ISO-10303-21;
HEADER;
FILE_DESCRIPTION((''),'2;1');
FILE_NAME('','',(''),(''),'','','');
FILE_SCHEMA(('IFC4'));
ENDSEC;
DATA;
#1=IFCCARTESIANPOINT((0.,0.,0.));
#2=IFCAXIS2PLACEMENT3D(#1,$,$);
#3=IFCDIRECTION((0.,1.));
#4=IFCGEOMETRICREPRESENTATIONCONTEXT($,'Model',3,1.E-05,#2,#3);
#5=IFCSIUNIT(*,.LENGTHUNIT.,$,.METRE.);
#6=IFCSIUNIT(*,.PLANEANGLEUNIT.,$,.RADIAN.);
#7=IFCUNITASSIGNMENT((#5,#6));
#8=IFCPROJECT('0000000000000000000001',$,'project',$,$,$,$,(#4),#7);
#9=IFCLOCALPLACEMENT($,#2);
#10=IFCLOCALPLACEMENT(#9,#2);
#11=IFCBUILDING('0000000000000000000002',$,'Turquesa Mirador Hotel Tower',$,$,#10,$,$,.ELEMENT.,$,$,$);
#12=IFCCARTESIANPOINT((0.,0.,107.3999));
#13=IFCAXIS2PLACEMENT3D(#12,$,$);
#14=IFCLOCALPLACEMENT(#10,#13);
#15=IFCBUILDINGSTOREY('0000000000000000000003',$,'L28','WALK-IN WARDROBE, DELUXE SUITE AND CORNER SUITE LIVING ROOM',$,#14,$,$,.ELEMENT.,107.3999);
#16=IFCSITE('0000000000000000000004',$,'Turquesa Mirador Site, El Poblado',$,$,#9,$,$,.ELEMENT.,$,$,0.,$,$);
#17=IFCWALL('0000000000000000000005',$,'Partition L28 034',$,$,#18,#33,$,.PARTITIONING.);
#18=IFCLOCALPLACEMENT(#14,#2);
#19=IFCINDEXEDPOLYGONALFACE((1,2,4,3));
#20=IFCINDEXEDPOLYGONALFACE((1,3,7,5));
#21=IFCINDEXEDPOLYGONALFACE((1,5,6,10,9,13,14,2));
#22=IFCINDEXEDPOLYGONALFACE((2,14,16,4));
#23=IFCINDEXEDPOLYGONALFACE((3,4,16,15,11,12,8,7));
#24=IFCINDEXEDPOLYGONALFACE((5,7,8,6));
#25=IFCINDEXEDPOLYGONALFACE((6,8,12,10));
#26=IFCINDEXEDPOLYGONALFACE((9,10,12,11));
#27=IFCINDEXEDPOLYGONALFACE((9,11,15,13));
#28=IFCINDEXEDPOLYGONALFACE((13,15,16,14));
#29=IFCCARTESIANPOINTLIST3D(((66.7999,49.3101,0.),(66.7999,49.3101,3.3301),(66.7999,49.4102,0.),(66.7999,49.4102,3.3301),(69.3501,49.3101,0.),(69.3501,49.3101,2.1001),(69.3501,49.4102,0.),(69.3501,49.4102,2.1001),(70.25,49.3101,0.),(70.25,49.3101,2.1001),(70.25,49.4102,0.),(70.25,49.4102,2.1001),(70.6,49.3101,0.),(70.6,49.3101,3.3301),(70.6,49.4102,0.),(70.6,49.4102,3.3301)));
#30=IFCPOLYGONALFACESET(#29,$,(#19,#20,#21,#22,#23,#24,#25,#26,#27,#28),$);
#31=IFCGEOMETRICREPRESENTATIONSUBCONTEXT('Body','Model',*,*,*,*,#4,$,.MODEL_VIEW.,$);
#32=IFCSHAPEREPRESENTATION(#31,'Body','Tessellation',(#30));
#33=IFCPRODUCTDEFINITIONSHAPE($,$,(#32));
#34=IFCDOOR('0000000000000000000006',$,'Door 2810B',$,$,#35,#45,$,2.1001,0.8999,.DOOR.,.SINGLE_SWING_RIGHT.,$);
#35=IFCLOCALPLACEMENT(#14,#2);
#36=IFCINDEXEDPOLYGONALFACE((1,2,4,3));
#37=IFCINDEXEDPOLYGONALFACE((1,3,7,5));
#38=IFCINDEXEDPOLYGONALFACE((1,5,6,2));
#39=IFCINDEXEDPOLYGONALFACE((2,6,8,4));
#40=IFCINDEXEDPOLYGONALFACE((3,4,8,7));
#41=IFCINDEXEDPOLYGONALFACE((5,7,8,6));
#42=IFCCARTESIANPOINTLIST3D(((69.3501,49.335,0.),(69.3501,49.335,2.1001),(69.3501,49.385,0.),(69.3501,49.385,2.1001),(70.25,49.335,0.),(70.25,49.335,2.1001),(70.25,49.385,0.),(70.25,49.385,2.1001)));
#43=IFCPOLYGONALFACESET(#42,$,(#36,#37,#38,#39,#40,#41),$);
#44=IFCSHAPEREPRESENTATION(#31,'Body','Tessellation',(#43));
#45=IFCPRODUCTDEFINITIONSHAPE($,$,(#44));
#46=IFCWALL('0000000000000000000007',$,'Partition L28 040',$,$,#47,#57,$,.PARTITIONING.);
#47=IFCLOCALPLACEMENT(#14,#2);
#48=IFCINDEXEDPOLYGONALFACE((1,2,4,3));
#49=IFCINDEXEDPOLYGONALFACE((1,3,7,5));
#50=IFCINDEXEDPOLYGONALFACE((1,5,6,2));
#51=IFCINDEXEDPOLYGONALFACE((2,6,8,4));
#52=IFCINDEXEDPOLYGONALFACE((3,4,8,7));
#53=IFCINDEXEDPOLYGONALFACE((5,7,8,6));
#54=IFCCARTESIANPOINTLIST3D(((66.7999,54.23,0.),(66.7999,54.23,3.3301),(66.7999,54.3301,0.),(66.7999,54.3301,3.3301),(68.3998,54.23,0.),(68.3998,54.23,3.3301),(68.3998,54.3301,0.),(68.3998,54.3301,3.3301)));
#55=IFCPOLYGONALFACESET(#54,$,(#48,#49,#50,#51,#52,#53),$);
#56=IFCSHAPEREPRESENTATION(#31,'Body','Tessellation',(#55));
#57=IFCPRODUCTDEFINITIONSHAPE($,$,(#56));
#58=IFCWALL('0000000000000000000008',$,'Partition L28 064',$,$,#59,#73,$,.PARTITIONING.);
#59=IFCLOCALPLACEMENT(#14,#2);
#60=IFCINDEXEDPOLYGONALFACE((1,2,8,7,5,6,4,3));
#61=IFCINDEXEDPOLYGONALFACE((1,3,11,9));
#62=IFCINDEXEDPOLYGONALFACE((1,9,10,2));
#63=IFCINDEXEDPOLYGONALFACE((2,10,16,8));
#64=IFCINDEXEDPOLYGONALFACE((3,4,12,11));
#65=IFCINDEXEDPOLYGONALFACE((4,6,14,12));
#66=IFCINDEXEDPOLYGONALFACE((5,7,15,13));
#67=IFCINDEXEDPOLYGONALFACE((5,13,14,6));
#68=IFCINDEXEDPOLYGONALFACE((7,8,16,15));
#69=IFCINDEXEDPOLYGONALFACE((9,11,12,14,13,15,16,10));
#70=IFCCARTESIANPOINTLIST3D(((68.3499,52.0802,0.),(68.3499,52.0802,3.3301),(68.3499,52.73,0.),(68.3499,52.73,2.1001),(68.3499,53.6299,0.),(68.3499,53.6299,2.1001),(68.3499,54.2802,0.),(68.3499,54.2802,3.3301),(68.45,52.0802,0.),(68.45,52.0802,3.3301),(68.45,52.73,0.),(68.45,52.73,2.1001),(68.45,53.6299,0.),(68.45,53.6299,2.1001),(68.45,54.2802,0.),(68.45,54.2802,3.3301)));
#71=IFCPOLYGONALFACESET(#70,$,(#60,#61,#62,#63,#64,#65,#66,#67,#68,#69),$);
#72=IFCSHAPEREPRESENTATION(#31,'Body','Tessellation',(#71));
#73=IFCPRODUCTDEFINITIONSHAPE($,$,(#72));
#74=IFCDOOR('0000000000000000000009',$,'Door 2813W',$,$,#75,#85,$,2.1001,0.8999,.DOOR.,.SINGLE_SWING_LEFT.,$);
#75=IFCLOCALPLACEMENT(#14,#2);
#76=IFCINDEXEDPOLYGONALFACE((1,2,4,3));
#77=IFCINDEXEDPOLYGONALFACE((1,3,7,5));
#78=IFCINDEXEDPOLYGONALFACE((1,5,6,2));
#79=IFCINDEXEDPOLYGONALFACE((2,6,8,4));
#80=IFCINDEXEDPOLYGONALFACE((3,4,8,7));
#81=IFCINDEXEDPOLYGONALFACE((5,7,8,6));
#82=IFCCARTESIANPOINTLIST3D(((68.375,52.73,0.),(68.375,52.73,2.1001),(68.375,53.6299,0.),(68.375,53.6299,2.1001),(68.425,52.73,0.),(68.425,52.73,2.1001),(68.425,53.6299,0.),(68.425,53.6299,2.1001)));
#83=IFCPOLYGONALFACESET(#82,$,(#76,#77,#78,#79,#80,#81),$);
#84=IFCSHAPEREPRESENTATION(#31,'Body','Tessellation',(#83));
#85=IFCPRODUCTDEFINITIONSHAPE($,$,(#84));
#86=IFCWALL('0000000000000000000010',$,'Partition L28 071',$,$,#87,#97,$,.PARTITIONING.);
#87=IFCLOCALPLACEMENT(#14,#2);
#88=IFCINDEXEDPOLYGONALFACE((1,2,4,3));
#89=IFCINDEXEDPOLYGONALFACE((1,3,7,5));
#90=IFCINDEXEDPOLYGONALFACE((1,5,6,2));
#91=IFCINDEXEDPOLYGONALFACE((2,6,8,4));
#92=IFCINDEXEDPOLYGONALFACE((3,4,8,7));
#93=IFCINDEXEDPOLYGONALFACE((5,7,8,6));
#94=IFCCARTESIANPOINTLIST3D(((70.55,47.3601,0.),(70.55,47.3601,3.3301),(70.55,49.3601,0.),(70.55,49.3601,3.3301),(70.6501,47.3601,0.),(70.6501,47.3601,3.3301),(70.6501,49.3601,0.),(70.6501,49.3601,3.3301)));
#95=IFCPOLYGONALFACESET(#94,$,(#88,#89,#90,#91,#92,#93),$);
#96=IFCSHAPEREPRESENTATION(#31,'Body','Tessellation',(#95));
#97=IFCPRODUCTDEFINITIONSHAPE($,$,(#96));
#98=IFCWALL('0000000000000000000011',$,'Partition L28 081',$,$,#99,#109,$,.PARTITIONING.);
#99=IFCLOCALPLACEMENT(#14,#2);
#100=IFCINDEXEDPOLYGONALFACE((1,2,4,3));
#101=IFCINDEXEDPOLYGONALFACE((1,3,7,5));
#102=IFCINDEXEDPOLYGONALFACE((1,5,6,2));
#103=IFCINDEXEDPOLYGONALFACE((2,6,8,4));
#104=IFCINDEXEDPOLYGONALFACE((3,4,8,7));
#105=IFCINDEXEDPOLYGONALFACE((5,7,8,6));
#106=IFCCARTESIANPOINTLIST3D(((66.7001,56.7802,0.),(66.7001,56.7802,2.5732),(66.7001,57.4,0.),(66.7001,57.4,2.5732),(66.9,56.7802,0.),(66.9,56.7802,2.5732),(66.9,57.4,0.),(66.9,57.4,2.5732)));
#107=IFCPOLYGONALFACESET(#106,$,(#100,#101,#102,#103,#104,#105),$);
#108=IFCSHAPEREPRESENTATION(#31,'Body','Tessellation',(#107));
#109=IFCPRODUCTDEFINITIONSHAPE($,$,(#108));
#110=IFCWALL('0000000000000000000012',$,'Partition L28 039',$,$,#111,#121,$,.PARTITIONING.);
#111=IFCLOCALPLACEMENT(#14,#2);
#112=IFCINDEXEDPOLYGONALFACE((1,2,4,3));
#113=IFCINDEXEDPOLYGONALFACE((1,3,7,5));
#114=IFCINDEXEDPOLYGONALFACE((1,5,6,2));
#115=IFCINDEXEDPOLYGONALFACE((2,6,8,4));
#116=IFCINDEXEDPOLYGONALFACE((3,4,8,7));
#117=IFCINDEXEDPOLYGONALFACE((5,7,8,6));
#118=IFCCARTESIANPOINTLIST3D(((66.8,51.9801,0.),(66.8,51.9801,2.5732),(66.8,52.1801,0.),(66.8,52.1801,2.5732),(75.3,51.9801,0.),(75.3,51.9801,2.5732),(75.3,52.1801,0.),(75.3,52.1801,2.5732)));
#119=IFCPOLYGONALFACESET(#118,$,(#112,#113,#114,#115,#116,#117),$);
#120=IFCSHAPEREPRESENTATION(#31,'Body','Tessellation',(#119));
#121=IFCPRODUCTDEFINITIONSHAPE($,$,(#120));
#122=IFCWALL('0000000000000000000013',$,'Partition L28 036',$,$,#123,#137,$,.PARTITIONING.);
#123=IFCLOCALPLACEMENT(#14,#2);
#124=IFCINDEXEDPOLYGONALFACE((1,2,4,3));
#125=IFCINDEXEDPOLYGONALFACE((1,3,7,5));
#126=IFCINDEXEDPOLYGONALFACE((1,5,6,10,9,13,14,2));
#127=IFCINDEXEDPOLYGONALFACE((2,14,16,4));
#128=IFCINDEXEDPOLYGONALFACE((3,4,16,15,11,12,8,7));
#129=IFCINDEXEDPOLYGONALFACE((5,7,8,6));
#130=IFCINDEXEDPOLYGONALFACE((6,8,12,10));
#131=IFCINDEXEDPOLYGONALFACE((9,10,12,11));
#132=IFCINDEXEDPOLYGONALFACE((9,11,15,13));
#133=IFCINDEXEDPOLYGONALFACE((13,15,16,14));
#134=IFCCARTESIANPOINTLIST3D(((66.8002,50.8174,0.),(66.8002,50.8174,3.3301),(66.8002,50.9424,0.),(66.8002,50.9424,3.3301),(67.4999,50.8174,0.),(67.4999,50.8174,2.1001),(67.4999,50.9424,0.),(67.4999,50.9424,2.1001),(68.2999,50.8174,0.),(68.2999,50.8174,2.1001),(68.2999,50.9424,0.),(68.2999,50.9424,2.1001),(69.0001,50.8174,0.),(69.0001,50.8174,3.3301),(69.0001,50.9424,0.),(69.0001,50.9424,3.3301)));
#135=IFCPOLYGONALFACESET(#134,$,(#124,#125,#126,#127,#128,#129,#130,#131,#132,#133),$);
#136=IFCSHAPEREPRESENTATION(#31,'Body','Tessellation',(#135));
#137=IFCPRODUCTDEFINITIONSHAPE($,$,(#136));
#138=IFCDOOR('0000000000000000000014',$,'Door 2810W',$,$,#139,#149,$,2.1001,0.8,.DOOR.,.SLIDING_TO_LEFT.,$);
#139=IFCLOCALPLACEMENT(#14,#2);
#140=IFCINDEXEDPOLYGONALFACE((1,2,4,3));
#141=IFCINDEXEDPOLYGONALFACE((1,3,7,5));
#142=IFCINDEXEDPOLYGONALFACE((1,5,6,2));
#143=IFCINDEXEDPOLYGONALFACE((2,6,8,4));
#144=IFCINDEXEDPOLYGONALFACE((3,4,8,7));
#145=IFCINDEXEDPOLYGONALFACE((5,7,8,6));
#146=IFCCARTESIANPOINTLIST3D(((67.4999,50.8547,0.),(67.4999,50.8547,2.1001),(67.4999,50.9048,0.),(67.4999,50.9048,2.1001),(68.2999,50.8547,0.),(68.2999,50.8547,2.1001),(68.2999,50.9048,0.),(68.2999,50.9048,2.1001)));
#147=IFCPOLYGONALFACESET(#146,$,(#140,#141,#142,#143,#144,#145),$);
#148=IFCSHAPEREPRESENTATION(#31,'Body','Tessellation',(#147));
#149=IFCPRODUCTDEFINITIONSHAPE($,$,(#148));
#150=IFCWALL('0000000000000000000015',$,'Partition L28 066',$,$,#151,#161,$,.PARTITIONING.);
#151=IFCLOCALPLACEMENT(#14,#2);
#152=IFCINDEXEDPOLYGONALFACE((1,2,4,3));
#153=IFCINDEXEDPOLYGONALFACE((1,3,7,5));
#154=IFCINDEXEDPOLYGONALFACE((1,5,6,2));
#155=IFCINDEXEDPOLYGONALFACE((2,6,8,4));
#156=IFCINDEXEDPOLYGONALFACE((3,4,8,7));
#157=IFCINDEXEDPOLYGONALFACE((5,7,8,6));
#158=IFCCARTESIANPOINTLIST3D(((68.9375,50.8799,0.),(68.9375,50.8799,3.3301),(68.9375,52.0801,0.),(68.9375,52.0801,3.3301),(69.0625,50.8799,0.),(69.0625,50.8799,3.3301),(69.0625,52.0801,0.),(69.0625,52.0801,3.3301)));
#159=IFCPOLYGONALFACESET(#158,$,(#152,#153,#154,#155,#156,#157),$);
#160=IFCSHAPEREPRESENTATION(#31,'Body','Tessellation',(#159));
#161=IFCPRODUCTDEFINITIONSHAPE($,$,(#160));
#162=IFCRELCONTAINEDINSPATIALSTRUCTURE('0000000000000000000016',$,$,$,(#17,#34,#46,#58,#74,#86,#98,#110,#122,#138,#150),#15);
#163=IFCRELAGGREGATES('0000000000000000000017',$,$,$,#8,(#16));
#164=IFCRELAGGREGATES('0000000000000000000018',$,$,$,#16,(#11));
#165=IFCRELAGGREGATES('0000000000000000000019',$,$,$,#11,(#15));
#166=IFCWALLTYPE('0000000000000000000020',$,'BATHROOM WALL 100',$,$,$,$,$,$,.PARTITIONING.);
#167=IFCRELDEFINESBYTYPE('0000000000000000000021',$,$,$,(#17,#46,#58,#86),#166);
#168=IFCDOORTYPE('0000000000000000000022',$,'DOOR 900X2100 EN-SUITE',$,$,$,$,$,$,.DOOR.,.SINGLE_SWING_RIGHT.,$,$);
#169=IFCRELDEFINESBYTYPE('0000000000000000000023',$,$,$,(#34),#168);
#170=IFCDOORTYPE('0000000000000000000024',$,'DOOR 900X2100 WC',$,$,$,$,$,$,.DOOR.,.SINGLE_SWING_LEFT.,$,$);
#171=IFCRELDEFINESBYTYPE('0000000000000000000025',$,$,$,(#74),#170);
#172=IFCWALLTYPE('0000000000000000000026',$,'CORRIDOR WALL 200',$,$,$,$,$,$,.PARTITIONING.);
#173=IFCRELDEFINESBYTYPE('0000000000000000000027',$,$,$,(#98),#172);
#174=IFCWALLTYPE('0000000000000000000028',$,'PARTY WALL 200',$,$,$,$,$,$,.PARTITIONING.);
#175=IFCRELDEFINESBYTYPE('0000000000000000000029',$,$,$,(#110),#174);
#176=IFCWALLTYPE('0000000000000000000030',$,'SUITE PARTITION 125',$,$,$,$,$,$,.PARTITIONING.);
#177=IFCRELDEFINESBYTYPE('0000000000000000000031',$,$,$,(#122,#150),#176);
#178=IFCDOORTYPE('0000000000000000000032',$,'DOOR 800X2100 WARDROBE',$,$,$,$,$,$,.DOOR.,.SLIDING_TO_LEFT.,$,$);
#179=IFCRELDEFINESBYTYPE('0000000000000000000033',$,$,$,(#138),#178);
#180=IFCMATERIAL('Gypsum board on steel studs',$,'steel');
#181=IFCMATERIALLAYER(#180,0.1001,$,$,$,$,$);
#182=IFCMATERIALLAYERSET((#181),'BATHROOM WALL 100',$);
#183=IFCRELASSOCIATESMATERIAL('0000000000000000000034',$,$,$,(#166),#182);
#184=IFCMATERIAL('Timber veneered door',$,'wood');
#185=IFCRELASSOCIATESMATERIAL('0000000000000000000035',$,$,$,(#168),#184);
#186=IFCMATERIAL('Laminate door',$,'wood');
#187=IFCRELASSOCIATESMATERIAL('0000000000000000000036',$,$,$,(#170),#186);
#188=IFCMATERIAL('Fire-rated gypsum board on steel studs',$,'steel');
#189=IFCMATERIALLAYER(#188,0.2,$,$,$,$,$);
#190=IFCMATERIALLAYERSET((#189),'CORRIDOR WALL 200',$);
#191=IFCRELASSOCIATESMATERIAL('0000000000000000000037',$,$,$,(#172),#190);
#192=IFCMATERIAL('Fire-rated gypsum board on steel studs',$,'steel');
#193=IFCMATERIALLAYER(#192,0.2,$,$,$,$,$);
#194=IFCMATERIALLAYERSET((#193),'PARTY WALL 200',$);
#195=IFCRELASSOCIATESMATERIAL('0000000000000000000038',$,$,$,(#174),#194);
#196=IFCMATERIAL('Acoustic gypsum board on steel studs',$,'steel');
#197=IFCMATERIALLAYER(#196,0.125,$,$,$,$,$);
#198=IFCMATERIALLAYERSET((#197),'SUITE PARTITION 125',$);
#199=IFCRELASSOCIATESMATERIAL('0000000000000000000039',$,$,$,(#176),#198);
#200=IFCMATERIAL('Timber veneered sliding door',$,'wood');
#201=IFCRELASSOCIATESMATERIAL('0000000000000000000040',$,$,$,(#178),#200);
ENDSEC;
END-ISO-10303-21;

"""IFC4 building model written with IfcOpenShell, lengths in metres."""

from ifc_helpers import new_model, si_unit, direction, frame, frame_2d, origin, place, context, subcontext, project, spatial, rectangle, extrude, material, layer, layer_set, type_object, element, fill, save


model = new_model("IFC4")

# Units and contexts
model_context = context("Model", 3, precision=1e-05, world=origin(), true_north=direction((0.0, 1.0)))
body_context = subcontext(model_context, "Body", "Model", "MODEL_VIEW")
ifc_project = project(units=[si_unit("LENGTHUNIT", "METRE"), si_unit("PLANEANGLEUNIT", "RADIAN")], contexts=[model_context])

# Site, building, storey
site_placement = place(None, origin())
site = spatial("IfcSite", under=ifc_project, at=site_placement, Name="Turquesa Mirador Site, El Poblado", CompositionType="ELEMENT", RefElevation=0.0)
building_placement = place(site_placement, origin())
building = spatial("IfcBuilding", under=site, at=building_placement, Name="Turquesa Mirador Hotel Tower", CompositionType="ELEMENT")
storey_placement = place(building_placement, frame((0.0, 0.0, 107.3999)))
storey = spatial("IfcBuildingStorey", under=building, at=storey_placement, Name="L28", Description="WALK-IN WARDROBE, DELUXE SUITE AND CORNER SUITE LIVING ROOM", CompositionType="ELEMENT", Elevation=107.3999)

# Wall, opening, door
ifc_material_1 = material(Name="Gypsum board on steel studs", Category="steel")
ifc_layer_1 = layer(ifc_material_1, 0.1001)
ifc_layer_set_1 = layer_set([ifc_layer_1], Name="BATHROOM WALL 100")
wall_type_1 = type_object("IfcWallType", Name="BATHROOM WALL 100", PredefinedType="PARTITIONING", material=ifc_layer_set_1)
wall_1_placement = place(storey_placement, frame((66.8, 49.3601, 0.0), z_axis=(0.0, 0.0, 1.0), x_axis=(1.0, 0.0, 0.0)))
wall_1 = element("IfcWall", 1, at=wall_1_placement, inside=storey, type_object=wall_type_1, Name="Partition L28 034", PredefinedType="PARTITIONING", context=body_context, shape_type="SweptSolid", body=[
    extrude(rectangle(XDim=3.8, YDim=0.1001, at=frame_2d((1.8999, 0.0))), origin(), (0.0, 0.0, 1.0), 3.3301),
])
opening_1_placement = place(wall_1_placement, frame((2.55, 0.0, 0.0)))
opening_1 = element("IfcOpeningElement", 2, at=opening_1_placement, cuts=wall_1, PredefinedType="OPENING", context=body_context, shape_type="SweptSolid", body=[
    extrude(rectangle(XDim=0.8999, YDim=2.1001, at=frame_2d((0.45, 1.05))), frame((0.0, 0.0601, 0.0), z_axis=(0.0, -1.0, 0.0), x_axis=(1.0, 0.0, 0.0)), (0.0, 0.0, 1.0), 0.1201),
])
ifc_material_2 = material(Name="Timber veneered door", Category="wood")
door_type_1 = type_object("IfcDoorType", Name="DOOR 900X2100 EN-SUITE", OperationType="SINGLE_SWING_RIGHT", PredefinedType="DOOR", material=ifc_material_2)
door_1_placement = place(opening_1_placement, origin())
door_1 = element("IfcDoor", 3, at=door_1_placement, inside=storey, type_object=door_type_1, Name="Door 2810B", OperationType="SINGLE_SWING_RIGHT", OverallHeight=2.1001, OverallWidth=0.8999, PredefinedType="DOOR", context=body_context, shape_type="SweptSolid", body=[
    extrude(rectangle(XDim=0.8999, YDim=2.1001, at=frame_2d((0.45, 1.05))), frame((0.0, 0.0249, 0.0), z_axis=(0.0, -1.0, 0.0), x_axis=(1.0, 0.0, 0.0)), (0.0, 0.0, 1.0), 0.05),
])
fill(opening_1, door_1)

# Wall
wall_2_placement = place(storey_placement, frame((66.8, 54.28, 0.0), z_axis=(0.0, 0.0, 1.0), x_axis=(1.0, 0.0, 0.0)))
element("IfcWall", 4, at=wall_2_placement, inside=storey, type_object=wall_type_1, Name="Partition L28 040", PredefinedType="PARTITIONING", context=body_context, shape_type="SweptSolid", body=[
    extrude(rectangle(XDim=1.5999, YDim=0.1001, at=frame_2d((0.7998, 0.0))), origin(), (0.0, 0.0, 1.0), 3.3301),
])

# Wall, opening, door
wall_3_placement = place(storey_placement, frame((68.3999, 52.0801, 0.0), z_axis=(0.0, 0.0, 1.0), x_axis=(0.0, 1.0, 0.0)))
wall_3 = element("IfcWall", 5, at=wall_3_placement, inside=storey, type_object=wall_type_1, Name="Partition L28 064", PredefinedType="PARTITIONING", context=body_context, shape_type="SweptSolid", body=[
    extrude(rectangle(XDim=2.2, YDim=0.1001, at=frame_2d((1.1001, 0.0))), origin(), (0.0, 0.0, 1.0), 3.3301),
])
opening_2_placement = place(wall_3_placement, frame((0.6499, 0.0, 0.0)))
opening_2 = element("IfcOpeningElement", 6, at=opening_2_placement, cuts=wall_3, PredefinedType="OPENING", context=body_context, shape_type="SweptSolid", body=[
    extrude(rectangle(XDim=0.8999, YDim=2.1001, at=frame_2d((0.45, 1.05))), frame((0.0, 0.0601, 0.0), z_axis=(0.0, -1.0, 0.0), x_axis=(1.0, 0.0, 0.0)), (0.0, 0.0, 1.0), 0.1201),
])
ifc_material_3 = material(Name="Laminate door", Category="wood")
door_type_2 = type_object("IfcDoorType", Name="DOOR 900X2100 WC", OperationType="SINGLE_SWING_LEFT", PredefinedType="DOOR", material=ifc_material_3)
door_2_placement = place(opening_2_placement, origin())
door_2 = element("IfcDoor", 7, at=door_2_placement, inside=storey, type_object=door_type_2, Name="Door 2813W", OperationType="SINGLE_SWING_LEFT", OverallHeight=2.1001, OverallWidth=0.8999, PredefinedType="DOOR", context=body_context, shape_type="SweptSolid", body=[
    extrude(rectangle(XDim=0.8999, YDim=2.1001, at=frame_2d((0.45, 1.05))), frame((0.0, 0.0249, 0.0), z_axis=(0.0, -1.0, 0.0), x_axis=(1.0, 0.0, 0.0)), (0.0, 0.0, 1.0), 0.05),
])
fill(opening_2, door_2)

# Walls
wall_4_placement = place(storey_placement, frame((70.6001, 47.3601, 0.0), z_axis=(0.0, 0.0, 1.0), x_axis=(0.0, 1.0, 0.0)))
element("IfcWall", 8, at=wall_4_placement, inside=storey, type_object=wall_type_1, Name="Partition L28 071", PredefinedType="PARTITIONING", context=body_context, shape_type="SweptSolid", body=[
    extrude(rectangle(XDim=2.0, YDim=0.1001, at=frame_2d((1.0, 0.0))), origin(), (0.0, 0.0, 1.0), 3.3301),
])
ifc_material_4 = material(Name="Fire-rated gypsum board on steel studs", Category="steel")
ifc_layer_2 = layer(ifc_material_4, 0.2)
ifc_layer_set_2 = layer_set([ifc_layer_2], Name="CORRIDOR WALL 200")
wall_type_2 = type_object("IfcWallType", Name="CORRIDOR WALL 200", PredefinedType="PARTITIONING", material=ifc_layer_set_2)
wall_5_placement = place(storey_placement, frame((66.8, 56.78, 0.0), z_axis=(0.0, 0.0, 1.0), x_axis=(0.0, 1.0, 0.0)))
element("IfcWall", 9, at=wall_5_placement, inside=storey, type_object=wall_type_2, Name="Partition L28 081", PredefinedType="PARTITIONING", context=body_context, shape_type="SweptSolid", body=[
    extrude(rectangle(XDim=0.6199, YDim=0.2, at=frame_2d((0.3101, 0.0))), origin(), (0.0, 0.0, 1.0), 2.5732),
])
ifc_material_5 = material(Name="Fire-rated gypsum board on steel studs", Category="steel")
ifc_layer_3 = layer(ifc_material_5, 0.2)
ifc_layer_set_3 = layer_set([ifc_layer_3], Name="PARTY WALL 200")
wall_type_3 = type_object("IfcWallType", Name="PARTY WALL 200", PredefinedType="PARTITIONING", material=ifc_layer_set_3)
wall_6_placement = place(storey_placement, frame((66.8, 52.0801, 0.0), z_axis=(0.0, 0.0, 1.0), x_axis=(1.0, 0.0, 0.0)))
element("IfcWall", 10, at=wall_6_placement, inside=storey, type_object=wall_type_3, Name="Partition L28 039", PredefinedType="PARTITIONING", context=body_context, shape_type="SweptSolid", body=[
    extrude(rectangle(XDim=8.5, YDim=0.2, at=frame_2d((4.25, 0.0))), origin(), (0.0, 0.0, 1.0), 2.5732),
])

# Wall, opening, door
ifc_material_6 = material(Name="Acoustic gypsum board on steel studs", Category="steel")
ifc_layer_4 = layer(ifc_material_6, 0.125)
ifc_layer_set_4 = layer_set([ifc_layer_4], Name="SUITE PARTITION 125")
wall_type_4 = type_object("IfcWallType", Name="SUITE PARTITION 125", PredefinedType="PARTITIONING", material=ifc_layer_set_4)
wall_7_placement = place(storey_placement, frame((66.8, 50.8799, 0.0), z_axis=(0.0, 0.0, 1.0), x_axis=(1.0, 0.0, 0.0)))
wall_7 = element("IfcWall", 11, at=wall_7_placement, inside=storey, type_object=wall_type_4, Name="Partition L28 036", PredefinedType="PARTITIONING", context=body_context, shape_type="SweptSolid", body=[
    extrude(rectangle(XDim=2.2, YDim=0.125, at=frame_2d((1.1001, 0.0))), origin(), (0.0, 0.0, 1.0), 3.3301),
])
opening_3_placement = place(wall_7_placement, frame((0.7, 0.0, 0.0)))
opening_3 = element("IfcOpeningElement", 12, at=opening_3_placement, cuts=wall_7, PredefinedType="OPENING", context=body_context, shape_type="SweptSolid", body=[
    extrude(rectangle(XDim=0.8, YDim=2.1001, at=frame_2d((0.3999, 1.05))), frame((0.0, 0.0725, 0.0), z_axis=(0.0, -1.0, 0.0), x_axis=(1.0, 0.0, 0.0)), (0.0, 0.0, 1.0), 0.145),
])
ifc_material_7 = material(Name="Timber veneered sliding door", Category="wood")
door_type_3 = type_object("IfcDoorType", Name="DOOR 800X2100 WARDROBE", OperationType="SLIDING_TO_LEFT", PredefinedType="DOOR", material=ifc_material_7)
door_3_placement = place(opening_3_placement, origin())
door_3 = element("IfcDoor", 13, at=door_3_placement, inside=storey, type_object=door_type_3, Name="Door 2810W", OperationType="SLIDING_TO_LEFT", OverallHeight=2.1001, OverallWidth=0.8, PredefinedType="DOOR", context=body_context, shape_type="SweptSolid", body=[
    extrude(rectangle(XDim=0.8, YDim=2.1001, at=frame_2d((0.3999, 1.05))), frame((0.0, 0.0249, 0.0), z_axis=(0.0, -1.0, 0.0), x_axis=(1.0, 0.0, 0.0)), (0.0, 0.0, 1.0), 0.05),
])
fill(opening_3, door_3)

# Wall
wall_8_placement = place(storey_placement, frame((69.0, 50.8799, 0.0), z_axis=(0.0, 0.0, 1.0), x_axis=(0.0, 1.0, 0.0)))
element("IfcWall", 14, at=wall_8_placement, inside=storey, type_object=wall_type_4, Name="Partition L28 066", PredefinedType="PARTITIONING", context=body_context, shape_type="SweptSolid", body=[
    extrude(rectangle(XDim=1.2002, YDim=0.125, at=frame_2d((0.6001, 0.0))), origin(), (0.0, 0.0, 1.0), 3.3301),
])

save(model, "model.ifc")
